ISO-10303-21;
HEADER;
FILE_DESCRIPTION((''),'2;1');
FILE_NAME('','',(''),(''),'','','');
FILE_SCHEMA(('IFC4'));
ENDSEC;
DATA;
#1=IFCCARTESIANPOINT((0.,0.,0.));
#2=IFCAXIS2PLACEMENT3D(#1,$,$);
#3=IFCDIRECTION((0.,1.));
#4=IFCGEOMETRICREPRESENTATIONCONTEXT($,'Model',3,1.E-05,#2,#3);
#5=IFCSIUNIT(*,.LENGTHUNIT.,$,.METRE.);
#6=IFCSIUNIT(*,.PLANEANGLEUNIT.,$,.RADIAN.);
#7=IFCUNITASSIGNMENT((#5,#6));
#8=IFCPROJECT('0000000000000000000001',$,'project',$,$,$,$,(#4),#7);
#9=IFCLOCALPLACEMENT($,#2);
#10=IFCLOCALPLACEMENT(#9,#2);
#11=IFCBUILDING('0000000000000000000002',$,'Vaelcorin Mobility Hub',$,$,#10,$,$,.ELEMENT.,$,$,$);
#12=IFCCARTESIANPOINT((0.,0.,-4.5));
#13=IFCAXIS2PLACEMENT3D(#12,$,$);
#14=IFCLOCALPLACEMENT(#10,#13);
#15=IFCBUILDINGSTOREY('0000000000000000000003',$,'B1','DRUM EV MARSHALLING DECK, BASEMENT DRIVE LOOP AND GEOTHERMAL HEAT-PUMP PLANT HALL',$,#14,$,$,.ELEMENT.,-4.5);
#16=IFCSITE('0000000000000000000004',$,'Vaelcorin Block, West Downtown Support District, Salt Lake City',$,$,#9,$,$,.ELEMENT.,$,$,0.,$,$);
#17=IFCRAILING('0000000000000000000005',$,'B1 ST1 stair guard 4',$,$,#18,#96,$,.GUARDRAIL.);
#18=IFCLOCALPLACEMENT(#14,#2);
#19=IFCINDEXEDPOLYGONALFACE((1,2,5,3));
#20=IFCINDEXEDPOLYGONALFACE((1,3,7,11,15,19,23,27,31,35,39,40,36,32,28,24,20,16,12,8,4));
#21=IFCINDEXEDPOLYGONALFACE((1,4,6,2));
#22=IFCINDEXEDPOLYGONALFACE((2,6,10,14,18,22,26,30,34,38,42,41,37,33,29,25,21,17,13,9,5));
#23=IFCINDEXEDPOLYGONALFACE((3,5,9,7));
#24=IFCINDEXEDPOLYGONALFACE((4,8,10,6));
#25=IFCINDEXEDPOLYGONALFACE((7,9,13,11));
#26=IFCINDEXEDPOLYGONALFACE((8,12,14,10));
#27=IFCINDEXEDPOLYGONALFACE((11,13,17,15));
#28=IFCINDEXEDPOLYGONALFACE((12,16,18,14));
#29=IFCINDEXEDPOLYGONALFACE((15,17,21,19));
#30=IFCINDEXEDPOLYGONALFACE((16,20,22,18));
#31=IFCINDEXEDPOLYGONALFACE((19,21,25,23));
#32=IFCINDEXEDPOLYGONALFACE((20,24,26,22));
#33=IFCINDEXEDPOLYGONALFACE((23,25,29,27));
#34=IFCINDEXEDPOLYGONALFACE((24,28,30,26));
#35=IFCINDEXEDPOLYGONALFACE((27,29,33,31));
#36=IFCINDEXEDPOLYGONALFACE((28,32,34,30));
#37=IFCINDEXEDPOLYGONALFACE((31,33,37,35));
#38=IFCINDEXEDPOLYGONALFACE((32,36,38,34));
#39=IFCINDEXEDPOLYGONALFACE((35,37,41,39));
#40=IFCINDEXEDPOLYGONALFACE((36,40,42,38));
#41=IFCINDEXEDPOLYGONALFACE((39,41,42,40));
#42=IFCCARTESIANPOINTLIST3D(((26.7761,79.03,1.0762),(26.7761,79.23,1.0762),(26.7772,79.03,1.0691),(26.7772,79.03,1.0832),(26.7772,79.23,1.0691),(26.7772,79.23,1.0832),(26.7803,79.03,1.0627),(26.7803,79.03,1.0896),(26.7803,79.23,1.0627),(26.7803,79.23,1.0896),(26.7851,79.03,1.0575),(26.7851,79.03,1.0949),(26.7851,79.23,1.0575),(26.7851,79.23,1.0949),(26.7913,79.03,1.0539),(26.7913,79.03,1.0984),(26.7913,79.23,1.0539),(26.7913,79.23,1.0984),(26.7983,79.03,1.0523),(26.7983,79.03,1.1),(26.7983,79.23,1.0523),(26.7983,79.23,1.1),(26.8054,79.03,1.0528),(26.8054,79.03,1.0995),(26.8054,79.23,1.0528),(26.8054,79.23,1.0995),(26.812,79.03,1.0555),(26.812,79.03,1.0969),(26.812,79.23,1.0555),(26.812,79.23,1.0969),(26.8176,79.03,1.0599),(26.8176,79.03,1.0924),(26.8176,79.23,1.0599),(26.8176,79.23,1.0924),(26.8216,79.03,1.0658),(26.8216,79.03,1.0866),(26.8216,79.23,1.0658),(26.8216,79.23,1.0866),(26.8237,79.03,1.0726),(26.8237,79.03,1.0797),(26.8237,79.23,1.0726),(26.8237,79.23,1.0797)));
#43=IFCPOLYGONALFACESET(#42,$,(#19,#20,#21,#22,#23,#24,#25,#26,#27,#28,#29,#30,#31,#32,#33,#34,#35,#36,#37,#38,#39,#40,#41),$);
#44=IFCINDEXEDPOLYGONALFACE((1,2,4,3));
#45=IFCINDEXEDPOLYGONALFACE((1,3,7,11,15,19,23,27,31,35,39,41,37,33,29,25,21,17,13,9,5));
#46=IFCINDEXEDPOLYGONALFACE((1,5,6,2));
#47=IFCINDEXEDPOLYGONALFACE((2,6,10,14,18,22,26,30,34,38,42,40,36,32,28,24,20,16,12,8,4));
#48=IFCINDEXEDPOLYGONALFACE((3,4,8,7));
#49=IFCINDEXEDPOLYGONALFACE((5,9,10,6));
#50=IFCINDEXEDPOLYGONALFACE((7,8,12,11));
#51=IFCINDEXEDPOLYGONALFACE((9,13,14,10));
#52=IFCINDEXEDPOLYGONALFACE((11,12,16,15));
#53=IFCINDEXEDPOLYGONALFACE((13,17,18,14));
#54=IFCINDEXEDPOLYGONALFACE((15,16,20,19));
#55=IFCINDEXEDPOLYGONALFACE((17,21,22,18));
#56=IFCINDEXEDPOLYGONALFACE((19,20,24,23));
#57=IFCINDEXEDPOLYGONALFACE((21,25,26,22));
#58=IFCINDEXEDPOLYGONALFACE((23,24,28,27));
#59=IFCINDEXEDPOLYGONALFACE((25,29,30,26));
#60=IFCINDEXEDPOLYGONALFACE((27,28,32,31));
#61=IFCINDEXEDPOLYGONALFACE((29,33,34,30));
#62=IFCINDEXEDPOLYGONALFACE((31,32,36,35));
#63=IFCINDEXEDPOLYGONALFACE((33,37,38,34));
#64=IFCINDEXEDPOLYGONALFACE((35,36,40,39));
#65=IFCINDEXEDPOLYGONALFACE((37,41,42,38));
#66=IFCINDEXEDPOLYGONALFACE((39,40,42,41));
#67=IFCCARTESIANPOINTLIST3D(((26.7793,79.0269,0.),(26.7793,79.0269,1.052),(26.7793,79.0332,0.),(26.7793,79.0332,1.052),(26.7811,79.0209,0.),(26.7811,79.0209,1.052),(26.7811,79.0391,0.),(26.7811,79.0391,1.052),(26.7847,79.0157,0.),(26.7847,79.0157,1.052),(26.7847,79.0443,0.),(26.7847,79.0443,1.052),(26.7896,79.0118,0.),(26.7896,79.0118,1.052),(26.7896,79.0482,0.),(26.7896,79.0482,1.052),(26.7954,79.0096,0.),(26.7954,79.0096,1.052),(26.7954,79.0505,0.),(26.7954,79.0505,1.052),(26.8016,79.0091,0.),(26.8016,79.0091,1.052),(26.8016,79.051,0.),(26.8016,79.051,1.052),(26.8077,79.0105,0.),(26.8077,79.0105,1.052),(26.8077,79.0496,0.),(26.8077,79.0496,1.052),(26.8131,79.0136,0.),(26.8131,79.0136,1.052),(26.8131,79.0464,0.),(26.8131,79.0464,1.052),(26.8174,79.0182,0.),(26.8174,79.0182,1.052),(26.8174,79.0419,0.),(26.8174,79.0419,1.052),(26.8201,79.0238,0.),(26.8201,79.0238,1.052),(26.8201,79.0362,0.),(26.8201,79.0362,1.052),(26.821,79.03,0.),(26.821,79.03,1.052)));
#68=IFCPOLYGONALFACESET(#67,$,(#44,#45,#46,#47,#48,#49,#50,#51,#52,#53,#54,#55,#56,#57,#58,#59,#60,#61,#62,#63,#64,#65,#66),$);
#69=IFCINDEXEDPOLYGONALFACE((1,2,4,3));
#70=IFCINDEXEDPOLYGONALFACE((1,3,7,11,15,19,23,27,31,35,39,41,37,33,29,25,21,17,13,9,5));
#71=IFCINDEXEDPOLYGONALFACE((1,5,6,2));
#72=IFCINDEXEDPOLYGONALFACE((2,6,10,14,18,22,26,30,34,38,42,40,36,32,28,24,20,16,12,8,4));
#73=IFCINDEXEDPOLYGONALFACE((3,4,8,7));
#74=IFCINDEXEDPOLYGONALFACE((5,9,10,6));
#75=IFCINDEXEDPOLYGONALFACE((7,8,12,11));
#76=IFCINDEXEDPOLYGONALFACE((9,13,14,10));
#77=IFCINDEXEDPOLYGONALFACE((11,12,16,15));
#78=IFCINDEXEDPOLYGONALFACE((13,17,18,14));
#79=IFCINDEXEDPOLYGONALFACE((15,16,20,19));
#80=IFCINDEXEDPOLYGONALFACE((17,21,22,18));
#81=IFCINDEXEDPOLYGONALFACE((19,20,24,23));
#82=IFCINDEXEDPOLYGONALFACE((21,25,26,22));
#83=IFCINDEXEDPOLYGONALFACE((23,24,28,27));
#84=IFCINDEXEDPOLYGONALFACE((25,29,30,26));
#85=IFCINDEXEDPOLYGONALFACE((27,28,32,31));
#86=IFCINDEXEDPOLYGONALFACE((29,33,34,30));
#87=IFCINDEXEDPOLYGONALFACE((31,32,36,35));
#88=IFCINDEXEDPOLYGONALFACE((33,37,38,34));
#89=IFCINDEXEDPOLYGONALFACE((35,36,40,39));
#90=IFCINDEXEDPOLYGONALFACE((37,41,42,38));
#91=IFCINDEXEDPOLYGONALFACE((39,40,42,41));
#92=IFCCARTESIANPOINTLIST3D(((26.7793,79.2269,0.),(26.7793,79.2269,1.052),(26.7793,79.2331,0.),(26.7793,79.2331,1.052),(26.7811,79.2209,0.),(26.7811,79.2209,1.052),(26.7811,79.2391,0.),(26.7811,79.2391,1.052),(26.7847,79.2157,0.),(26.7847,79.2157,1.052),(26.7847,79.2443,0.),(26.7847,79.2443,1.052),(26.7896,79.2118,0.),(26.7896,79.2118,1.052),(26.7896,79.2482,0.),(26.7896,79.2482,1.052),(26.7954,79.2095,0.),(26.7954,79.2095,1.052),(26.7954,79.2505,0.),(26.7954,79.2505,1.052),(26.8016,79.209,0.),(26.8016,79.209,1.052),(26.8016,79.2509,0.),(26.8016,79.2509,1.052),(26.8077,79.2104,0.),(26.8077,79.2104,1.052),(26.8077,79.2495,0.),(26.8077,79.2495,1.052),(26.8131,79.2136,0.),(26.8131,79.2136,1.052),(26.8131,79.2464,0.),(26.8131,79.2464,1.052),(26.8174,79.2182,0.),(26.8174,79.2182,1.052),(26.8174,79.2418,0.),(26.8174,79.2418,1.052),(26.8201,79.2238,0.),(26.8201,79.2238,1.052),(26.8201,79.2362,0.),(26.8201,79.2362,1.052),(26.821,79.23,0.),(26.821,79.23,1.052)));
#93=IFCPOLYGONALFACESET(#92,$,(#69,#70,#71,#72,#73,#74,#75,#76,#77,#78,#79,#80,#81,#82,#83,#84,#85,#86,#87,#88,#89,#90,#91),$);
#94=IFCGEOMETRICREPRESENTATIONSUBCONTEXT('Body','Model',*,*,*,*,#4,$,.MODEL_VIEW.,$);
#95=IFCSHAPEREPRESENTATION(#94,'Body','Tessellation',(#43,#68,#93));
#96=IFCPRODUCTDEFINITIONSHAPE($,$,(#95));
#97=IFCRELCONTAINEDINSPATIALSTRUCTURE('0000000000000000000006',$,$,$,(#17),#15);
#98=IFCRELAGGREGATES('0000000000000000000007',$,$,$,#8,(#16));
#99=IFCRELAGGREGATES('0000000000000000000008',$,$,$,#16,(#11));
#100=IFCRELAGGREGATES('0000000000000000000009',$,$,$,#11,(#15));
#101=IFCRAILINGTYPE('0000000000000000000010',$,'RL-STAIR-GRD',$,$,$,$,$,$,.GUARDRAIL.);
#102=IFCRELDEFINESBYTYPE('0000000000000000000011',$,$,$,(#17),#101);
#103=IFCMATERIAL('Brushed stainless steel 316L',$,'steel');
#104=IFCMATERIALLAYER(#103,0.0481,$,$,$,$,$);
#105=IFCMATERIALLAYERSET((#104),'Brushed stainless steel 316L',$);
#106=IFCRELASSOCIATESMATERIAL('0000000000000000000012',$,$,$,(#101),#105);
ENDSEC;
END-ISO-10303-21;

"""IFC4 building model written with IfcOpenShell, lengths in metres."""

from ifc_helpers import new_model, si_unit, direction, frame, origin, origin_2d, place, context, subcontext, project, spatial, circle, extrude, material, layer, layer_set, type_object, element, save


model = new_model("IFC4")

# Units and contexts
model_context = context("Model", 3, precision=1e-05, world=origin(), true_north=direction((0.0, 1.0)))
body_context = subcontext(model_context, "Body", "Model", "MODEL_VIEW")
ifc_project = project(units=[si_unit("LENGTHUNIT", "METRE"), si_unit("PLANEANGLEUNIT", "RADIAN")], contexts=[model_context])

# Site, building, storey
site_placement = place(None, origin())
site = spatial("IfcSite", under=ifc_project, at=site_placement, Name="Vaelcorin Block, West Downtown Support District, Salt Lake City", CompositionType="ELEMENT", RefElevation=0.0)
building_placement = place(site_placement, origin())
building = spatial("IfcBuilding", under=site, at=building_placement, Name="Vaelcorin Mobility Hub", CompositionType="ELEMENT")
storey_placement = place(building_placement, frame((0.0, 0.0, -4.5)))
storey = spatial("IfcBuildingStorey", under=building, at=storey_placement, Name="B1", Description="DRUM EV MARSHALLING DECK, BASEMENT DRIVE LOOP AND GEOTHERMAL HEAT-PUMP PLANT HALL", CompositionType="ELEMENT", Elevation=-4.5)

# Railing
ifc_material_1 = material(Name="Brushed stainless steel 316L", Category="steel")
ifc_layer_1 = layer(ifc_material_1, 0.0481)
ifc_layer_set_1 = layer_set([ifc_layer_1], Name="Brushed stainless steel 316L")
railing_type_1 = type_object("IfcRailingType", Name="RL-STAIR-GRD", PredefinedType="GUARDRAIL", material=ifc_layer_set_1)
railing_1_placement = place(storey_placement, frame((26.8, 79.03, 0.0)))
element("IfcRailing", 1, at=railing_1_placement, inside=storey, type_object=railing_type_1, Name="B1 ST1 stair guard 4", PredefinedType="GUARDRAIL", context=body_context, shape_type="SweptSolid", body=[
    extrude(circle(Radius=0.0239, at=origin_2d()), frame((0.0, 0.0, 1.0762), z_axis=(0.0, 1.0, 0.0), x_axis=(-1.0, 0.0, 0.0)), (0.0, 0.0, 1.0), 0.2),
    extrude(circle(Radius=0.021, at=origin_2d()), origin(), (0.0, 0.0, 1.0), 1.052),
    extrude(circle(Radius=0.021, at=origin_2d()), frame((0.0, 0.2, 0.0)), (0.0, 0.0, 1.0), 1.052),
])

save(model, "model.ifc")
